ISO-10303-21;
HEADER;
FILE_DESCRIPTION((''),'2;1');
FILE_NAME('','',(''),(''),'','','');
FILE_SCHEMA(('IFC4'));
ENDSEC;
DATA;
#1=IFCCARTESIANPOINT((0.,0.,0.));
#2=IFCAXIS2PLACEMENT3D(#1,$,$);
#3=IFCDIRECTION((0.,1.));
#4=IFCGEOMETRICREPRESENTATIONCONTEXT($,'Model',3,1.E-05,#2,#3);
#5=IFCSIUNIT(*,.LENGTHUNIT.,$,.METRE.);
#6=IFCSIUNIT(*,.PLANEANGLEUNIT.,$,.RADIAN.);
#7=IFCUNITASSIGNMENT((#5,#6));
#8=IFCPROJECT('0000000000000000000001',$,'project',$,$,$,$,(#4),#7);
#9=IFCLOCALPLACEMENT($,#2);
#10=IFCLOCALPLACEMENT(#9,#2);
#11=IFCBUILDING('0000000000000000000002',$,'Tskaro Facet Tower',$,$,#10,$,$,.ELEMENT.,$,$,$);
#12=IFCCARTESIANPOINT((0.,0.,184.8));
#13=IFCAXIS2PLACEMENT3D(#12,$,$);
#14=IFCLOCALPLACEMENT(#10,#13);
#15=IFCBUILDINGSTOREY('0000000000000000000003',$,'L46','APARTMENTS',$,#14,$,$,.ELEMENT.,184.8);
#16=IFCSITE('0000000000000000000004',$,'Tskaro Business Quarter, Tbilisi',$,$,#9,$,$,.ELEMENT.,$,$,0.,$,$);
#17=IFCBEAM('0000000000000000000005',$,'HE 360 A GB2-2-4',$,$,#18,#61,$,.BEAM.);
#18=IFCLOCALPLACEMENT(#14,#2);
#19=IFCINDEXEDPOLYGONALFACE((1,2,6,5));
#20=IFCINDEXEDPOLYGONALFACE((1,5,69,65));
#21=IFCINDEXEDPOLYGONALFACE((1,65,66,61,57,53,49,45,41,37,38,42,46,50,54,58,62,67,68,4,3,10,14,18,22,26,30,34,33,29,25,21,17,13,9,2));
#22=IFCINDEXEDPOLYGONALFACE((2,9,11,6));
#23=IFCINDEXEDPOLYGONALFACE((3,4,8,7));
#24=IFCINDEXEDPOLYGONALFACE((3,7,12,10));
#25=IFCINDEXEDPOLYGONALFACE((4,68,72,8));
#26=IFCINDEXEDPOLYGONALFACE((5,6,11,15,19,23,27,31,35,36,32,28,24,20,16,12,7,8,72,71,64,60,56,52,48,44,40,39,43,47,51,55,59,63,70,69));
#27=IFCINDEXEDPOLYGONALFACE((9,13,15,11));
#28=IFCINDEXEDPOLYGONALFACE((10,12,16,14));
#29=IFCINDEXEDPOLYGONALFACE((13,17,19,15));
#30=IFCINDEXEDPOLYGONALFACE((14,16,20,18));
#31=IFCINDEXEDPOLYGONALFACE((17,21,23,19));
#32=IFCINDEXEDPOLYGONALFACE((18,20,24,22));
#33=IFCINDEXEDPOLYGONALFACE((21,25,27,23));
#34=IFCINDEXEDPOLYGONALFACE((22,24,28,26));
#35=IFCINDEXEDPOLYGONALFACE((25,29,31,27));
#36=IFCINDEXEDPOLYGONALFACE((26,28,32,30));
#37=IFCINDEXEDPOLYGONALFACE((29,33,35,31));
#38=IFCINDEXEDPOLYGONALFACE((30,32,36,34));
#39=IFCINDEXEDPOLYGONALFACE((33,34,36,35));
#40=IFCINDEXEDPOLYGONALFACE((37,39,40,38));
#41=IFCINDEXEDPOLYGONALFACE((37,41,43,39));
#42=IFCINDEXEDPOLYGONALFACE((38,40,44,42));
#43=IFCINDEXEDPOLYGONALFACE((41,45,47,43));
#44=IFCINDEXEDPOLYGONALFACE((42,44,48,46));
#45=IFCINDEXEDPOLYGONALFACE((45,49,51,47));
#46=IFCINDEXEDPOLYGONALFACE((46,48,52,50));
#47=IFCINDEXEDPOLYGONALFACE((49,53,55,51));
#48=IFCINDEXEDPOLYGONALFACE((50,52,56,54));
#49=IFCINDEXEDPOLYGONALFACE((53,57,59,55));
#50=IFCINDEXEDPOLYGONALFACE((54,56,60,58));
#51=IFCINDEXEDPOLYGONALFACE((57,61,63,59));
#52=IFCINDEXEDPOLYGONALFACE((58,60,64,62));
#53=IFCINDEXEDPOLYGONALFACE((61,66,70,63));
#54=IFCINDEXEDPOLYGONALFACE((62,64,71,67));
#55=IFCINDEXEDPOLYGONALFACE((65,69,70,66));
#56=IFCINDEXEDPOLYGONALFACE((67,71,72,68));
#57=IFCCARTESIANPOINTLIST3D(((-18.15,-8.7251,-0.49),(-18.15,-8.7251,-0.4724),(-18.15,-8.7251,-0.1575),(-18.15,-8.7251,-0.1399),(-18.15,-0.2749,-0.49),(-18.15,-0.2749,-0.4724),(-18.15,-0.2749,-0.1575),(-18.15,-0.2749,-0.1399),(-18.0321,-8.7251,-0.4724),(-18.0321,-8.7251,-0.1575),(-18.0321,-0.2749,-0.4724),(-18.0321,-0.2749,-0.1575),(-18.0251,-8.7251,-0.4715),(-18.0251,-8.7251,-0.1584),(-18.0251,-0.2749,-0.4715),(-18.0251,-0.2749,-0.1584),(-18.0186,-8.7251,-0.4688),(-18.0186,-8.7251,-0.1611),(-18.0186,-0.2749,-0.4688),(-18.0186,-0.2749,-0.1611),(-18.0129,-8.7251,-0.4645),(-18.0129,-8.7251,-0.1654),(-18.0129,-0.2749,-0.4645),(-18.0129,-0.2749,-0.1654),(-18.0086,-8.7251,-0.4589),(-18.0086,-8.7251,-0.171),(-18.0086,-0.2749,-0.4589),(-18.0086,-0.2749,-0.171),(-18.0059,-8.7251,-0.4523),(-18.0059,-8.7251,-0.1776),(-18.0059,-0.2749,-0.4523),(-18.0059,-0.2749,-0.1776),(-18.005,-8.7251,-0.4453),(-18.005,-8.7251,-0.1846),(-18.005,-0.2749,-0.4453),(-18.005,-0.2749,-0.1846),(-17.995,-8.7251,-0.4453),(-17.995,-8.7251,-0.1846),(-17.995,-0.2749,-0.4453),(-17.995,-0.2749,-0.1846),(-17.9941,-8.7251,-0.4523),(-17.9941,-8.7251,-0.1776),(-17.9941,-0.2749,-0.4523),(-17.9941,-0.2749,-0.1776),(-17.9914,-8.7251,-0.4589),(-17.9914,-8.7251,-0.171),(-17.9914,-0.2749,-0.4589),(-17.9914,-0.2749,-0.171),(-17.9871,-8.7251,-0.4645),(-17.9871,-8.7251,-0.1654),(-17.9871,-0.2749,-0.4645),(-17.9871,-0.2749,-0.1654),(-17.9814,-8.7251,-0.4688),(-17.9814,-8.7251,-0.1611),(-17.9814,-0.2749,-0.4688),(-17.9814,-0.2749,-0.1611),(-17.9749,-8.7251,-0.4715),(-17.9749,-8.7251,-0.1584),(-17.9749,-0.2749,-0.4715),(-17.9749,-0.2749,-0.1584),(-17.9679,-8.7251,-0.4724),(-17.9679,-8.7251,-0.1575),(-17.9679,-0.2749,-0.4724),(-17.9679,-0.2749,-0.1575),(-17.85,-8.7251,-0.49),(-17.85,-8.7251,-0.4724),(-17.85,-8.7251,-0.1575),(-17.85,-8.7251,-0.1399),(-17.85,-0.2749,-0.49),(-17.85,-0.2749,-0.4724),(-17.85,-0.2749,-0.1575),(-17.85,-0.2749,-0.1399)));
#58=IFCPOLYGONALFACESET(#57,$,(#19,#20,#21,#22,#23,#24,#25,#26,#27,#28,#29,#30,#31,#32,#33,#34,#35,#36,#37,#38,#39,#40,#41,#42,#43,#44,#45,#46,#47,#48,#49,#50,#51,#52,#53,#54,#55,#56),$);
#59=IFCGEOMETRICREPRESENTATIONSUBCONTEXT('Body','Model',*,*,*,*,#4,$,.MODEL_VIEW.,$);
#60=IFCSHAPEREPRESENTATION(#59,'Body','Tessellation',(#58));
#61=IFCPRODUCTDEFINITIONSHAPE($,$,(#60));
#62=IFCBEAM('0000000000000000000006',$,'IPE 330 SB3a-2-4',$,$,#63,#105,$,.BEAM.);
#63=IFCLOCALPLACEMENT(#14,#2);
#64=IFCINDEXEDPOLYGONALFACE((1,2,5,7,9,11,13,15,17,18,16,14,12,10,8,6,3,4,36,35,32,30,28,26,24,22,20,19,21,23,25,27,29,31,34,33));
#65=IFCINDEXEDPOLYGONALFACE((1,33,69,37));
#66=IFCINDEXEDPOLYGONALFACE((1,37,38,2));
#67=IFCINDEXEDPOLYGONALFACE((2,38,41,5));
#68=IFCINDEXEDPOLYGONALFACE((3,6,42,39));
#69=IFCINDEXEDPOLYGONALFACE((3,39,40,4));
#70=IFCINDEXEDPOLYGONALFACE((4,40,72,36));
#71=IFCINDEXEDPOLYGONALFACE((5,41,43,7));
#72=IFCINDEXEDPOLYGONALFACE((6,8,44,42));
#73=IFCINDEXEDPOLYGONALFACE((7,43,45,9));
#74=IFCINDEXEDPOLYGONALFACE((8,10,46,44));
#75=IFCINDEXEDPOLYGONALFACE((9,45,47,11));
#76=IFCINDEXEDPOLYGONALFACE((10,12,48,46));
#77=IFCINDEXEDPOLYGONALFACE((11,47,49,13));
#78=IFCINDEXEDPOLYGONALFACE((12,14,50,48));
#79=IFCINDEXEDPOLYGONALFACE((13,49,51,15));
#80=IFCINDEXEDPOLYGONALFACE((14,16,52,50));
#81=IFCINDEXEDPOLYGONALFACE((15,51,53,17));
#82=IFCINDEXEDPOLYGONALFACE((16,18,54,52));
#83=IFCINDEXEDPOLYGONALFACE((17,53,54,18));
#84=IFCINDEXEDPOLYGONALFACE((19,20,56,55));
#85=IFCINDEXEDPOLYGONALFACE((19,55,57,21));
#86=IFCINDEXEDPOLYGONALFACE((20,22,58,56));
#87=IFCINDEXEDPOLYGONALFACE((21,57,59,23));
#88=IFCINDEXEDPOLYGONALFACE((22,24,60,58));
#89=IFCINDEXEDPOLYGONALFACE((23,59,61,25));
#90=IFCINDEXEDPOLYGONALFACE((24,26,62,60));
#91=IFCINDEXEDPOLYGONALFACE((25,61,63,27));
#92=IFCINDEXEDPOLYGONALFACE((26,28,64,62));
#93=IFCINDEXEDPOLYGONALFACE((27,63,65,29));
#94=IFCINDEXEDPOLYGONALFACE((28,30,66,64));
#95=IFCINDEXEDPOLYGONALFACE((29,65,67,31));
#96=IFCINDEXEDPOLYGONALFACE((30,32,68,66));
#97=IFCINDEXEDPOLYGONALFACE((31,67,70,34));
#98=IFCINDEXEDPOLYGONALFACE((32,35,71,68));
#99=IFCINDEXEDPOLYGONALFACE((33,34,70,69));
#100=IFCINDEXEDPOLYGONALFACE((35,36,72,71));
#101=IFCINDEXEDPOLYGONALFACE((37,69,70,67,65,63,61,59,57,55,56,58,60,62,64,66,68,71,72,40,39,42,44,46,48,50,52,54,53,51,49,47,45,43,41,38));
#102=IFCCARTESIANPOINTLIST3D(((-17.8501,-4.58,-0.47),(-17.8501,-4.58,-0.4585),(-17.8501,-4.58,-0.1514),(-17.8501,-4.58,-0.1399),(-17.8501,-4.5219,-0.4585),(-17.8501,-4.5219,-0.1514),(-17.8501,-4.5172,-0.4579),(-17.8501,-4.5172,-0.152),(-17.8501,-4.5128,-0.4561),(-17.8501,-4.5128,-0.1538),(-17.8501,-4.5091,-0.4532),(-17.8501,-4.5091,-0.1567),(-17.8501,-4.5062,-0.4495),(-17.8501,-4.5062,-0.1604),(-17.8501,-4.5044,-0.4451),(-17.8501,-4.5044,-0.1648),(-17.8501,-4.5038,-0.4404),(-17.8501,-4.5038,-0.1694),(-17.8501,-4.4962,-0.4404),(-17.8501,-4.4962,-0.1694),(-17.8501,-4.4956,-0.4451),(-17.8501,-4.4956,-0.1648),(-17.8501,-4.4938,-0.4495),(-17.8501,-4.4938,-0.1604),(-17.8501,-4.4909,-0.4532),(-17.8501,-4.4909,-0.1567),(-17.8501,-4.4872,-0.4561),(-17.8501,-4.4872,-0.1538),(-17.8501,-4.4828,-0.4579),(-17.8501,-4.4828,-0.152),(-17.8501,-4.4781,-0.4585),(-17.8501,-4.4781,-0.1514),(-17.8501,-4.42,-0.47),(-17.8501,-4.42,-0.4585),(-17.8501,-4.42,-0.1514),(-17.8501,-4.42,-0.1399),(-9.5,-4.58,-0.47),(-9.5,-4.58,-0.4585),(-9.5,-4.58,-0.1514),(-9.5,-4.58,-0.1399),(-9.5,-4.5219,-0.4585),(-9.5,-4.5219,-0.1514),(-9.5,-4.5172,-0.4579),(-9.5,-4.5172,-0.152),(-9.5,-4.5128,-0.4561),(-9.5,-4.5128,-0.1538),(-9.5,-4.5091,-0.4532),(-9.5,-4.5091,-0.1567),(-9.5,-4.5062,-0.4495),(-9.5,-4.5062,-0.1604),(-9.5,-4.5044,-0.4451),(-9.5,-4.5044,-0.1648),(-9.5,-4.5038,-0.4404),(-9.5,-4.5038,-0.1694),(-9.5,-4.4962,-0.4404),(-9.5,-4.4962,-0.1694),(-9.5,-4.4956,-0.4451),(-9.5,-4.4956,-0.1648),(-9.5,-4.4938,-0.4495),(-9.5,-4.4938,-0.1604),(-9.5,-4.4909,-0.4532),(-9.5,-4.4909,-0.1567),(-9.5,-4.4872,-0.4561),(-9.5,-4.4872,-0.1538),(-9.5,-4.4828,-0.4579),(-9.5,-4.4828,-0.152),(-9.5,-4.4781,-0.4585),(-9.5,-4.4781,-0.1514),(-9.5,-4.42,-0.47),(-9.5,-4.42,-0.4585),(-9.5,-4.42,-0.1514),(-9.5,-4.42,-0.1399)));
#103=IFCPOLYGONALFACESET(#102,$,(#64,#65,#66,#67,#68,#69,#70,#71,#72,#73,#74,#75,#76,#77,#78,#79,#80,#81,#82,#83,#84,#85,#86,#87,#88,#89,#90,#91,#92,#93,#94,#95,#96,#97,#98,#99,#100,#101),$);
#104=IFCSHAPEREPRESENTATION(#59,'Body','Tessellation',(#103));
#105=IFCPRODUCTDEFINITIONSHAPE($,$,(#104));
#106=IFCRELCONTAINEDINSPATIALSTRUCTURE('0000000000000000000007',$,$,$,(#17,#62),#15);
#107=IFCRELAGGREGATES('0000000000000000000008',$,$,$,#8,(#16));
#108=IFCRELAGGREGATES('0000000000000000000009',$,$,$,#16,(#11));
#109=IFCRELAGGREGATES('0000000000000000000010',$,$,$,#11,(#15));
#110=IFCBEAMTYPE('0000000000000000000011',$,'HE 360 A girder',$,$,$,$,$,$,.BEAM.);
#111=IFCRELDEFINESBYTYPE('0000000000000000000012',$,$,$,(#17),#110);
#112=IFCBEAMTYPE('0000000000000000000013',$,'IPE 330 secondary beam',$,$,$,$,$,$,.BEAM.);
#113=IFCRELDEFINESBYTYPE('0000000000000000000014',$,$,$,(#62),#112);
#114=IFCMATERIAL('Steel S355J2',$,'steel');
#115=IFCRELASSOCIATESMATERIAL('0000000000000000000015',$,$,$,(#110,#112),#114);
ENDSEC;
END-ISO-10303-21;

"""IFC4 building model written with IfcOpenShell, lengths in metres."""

from ifc_helpers import new_model, si_unit, direction, frame, origin, origin_2d, place, context, subcontext, project, spatial, i_section, extrude, material, material_profile, profile_set, type_object, element, save


model = new_model("IFC4")

# Units and contexts
model_context = context("Model", 3, precision=1e-05, world=origin(), true_north=direction((0.0, 1.0)))
body_context = subcontext(model_context, "Body", "Model", "MODEL_VIEW")
ifc_project = project(units=[si_unit("LENGTHUNIT", "METRE"), si_unit("PLANEANGLEUNIT", "RADIAN")], contexts=[model_context])

# Site, building, storey
site_placement = place(None, origin())
site = spatial("IfcSite", under=ifc_project, at=site_placement, Name="Tskaro Business Quarter, Tbilisi", CompositionType="ELEMENT", RefElevation=0.0)
building_placement = place(site_placement, origin())
building = spatial("IfcBuilding", under=site, at=building_placement, Name="Tskaro Facet Tower", CompositionType="ELEMENT")
storey_placement = place(building_placement, frame((0.0, 0.0, 184.8)))
storey = spatial("IfcBuildingStorey", under=building, at=storey_placement, Name="L46", Description="APARTMENTS", CompositionType="ELEMENT", Elevation=184.8)

# Beams
ifc_material_1 = material(Name="Steel S355J2", Category="steel")
ifc_material_profile_1 = material_profile(ifc_material_1, i_section(OverallWidth=0.3, OverallDepth=0.3501, WebThickness=0.01, FlangeThickness=0.0176, FilletRadius=0.0271, at=origin_2d()), Name="HE 360 A")
ifc_profile_set_1 = profile_set([ifc_material_profile_1], Name="Steel S355J2")
beam_type_1 = type_object("IfcBeamType", Name="HE 360 A girder", PredefinedType="BEAM", material=ifc_profile_set_1)
beam_1_placement = place(storey_placement, frame((-18.0, -8.7251, -0.3149), z_axis=(0.0, 1.0, 0.0), x_axis=(-1.0, 0.0, 0.0)))
element("IfcBeam", 1, at=beam_1_placement, inside=storey, type_object=beam_type_1, Name="HE 360 A GB2-2-4", PredefinedType="BEAM", context=body_context, shape_type="SweptSolid", body=[
    extrude(i_section(OverallWidth=0.3, OverallDepth=0.3501, WebThickness=0.01, FlangeThickness=0.0176, FilletRadius=0.0271, at=origin_2d()), origin(), (0.0, 0.0, 1.0), 8.4502),
])
ifc_material_profile_2 = material_profile(ifc_material_1, i_section(OverallWidth=0.1599, OverallDepth=0.3301, WebThickness=0.0076, FlangeThickness=0.0115, FilletRadius=0.0181, at=origin_2d()), Name="IPE 330")
ifc_profile_set_2 = profile_set([ifc_material_profile_2], Name="Steel S355J2")
beam_type_2 = type_object("IfcBeamType", Name="IPE 330 secondary beam", PredefinedType="BEAM", material=ifc_profile_set_2)
beam_2_placement = place(storey_placement, frame((-17.8501, -4.5, -0.3049), z_axis=(1.0, 0.0, 0.0), x_axis=(0.0, 1.0, 0.0)))
element("IfcBeam", 2, at=beam_2_placement, inside=storey, type_object=beam_type_2, Name="IPE 330 SB3a-2-4", PredefinedType="BEAM", context=body_context, shape_type="SweptSolid", body=[
    extrude(i_section(OverallWidth=0.1599, OverallDepth=0.3301, WebThickness=0.0076, FlangeThickness=0.0115, FilletRadius=0.0181, at=origin_2d()), origin(), (0.0, 0.0, 1.0), 8.3501),
])

save(model, "model.ifc")
